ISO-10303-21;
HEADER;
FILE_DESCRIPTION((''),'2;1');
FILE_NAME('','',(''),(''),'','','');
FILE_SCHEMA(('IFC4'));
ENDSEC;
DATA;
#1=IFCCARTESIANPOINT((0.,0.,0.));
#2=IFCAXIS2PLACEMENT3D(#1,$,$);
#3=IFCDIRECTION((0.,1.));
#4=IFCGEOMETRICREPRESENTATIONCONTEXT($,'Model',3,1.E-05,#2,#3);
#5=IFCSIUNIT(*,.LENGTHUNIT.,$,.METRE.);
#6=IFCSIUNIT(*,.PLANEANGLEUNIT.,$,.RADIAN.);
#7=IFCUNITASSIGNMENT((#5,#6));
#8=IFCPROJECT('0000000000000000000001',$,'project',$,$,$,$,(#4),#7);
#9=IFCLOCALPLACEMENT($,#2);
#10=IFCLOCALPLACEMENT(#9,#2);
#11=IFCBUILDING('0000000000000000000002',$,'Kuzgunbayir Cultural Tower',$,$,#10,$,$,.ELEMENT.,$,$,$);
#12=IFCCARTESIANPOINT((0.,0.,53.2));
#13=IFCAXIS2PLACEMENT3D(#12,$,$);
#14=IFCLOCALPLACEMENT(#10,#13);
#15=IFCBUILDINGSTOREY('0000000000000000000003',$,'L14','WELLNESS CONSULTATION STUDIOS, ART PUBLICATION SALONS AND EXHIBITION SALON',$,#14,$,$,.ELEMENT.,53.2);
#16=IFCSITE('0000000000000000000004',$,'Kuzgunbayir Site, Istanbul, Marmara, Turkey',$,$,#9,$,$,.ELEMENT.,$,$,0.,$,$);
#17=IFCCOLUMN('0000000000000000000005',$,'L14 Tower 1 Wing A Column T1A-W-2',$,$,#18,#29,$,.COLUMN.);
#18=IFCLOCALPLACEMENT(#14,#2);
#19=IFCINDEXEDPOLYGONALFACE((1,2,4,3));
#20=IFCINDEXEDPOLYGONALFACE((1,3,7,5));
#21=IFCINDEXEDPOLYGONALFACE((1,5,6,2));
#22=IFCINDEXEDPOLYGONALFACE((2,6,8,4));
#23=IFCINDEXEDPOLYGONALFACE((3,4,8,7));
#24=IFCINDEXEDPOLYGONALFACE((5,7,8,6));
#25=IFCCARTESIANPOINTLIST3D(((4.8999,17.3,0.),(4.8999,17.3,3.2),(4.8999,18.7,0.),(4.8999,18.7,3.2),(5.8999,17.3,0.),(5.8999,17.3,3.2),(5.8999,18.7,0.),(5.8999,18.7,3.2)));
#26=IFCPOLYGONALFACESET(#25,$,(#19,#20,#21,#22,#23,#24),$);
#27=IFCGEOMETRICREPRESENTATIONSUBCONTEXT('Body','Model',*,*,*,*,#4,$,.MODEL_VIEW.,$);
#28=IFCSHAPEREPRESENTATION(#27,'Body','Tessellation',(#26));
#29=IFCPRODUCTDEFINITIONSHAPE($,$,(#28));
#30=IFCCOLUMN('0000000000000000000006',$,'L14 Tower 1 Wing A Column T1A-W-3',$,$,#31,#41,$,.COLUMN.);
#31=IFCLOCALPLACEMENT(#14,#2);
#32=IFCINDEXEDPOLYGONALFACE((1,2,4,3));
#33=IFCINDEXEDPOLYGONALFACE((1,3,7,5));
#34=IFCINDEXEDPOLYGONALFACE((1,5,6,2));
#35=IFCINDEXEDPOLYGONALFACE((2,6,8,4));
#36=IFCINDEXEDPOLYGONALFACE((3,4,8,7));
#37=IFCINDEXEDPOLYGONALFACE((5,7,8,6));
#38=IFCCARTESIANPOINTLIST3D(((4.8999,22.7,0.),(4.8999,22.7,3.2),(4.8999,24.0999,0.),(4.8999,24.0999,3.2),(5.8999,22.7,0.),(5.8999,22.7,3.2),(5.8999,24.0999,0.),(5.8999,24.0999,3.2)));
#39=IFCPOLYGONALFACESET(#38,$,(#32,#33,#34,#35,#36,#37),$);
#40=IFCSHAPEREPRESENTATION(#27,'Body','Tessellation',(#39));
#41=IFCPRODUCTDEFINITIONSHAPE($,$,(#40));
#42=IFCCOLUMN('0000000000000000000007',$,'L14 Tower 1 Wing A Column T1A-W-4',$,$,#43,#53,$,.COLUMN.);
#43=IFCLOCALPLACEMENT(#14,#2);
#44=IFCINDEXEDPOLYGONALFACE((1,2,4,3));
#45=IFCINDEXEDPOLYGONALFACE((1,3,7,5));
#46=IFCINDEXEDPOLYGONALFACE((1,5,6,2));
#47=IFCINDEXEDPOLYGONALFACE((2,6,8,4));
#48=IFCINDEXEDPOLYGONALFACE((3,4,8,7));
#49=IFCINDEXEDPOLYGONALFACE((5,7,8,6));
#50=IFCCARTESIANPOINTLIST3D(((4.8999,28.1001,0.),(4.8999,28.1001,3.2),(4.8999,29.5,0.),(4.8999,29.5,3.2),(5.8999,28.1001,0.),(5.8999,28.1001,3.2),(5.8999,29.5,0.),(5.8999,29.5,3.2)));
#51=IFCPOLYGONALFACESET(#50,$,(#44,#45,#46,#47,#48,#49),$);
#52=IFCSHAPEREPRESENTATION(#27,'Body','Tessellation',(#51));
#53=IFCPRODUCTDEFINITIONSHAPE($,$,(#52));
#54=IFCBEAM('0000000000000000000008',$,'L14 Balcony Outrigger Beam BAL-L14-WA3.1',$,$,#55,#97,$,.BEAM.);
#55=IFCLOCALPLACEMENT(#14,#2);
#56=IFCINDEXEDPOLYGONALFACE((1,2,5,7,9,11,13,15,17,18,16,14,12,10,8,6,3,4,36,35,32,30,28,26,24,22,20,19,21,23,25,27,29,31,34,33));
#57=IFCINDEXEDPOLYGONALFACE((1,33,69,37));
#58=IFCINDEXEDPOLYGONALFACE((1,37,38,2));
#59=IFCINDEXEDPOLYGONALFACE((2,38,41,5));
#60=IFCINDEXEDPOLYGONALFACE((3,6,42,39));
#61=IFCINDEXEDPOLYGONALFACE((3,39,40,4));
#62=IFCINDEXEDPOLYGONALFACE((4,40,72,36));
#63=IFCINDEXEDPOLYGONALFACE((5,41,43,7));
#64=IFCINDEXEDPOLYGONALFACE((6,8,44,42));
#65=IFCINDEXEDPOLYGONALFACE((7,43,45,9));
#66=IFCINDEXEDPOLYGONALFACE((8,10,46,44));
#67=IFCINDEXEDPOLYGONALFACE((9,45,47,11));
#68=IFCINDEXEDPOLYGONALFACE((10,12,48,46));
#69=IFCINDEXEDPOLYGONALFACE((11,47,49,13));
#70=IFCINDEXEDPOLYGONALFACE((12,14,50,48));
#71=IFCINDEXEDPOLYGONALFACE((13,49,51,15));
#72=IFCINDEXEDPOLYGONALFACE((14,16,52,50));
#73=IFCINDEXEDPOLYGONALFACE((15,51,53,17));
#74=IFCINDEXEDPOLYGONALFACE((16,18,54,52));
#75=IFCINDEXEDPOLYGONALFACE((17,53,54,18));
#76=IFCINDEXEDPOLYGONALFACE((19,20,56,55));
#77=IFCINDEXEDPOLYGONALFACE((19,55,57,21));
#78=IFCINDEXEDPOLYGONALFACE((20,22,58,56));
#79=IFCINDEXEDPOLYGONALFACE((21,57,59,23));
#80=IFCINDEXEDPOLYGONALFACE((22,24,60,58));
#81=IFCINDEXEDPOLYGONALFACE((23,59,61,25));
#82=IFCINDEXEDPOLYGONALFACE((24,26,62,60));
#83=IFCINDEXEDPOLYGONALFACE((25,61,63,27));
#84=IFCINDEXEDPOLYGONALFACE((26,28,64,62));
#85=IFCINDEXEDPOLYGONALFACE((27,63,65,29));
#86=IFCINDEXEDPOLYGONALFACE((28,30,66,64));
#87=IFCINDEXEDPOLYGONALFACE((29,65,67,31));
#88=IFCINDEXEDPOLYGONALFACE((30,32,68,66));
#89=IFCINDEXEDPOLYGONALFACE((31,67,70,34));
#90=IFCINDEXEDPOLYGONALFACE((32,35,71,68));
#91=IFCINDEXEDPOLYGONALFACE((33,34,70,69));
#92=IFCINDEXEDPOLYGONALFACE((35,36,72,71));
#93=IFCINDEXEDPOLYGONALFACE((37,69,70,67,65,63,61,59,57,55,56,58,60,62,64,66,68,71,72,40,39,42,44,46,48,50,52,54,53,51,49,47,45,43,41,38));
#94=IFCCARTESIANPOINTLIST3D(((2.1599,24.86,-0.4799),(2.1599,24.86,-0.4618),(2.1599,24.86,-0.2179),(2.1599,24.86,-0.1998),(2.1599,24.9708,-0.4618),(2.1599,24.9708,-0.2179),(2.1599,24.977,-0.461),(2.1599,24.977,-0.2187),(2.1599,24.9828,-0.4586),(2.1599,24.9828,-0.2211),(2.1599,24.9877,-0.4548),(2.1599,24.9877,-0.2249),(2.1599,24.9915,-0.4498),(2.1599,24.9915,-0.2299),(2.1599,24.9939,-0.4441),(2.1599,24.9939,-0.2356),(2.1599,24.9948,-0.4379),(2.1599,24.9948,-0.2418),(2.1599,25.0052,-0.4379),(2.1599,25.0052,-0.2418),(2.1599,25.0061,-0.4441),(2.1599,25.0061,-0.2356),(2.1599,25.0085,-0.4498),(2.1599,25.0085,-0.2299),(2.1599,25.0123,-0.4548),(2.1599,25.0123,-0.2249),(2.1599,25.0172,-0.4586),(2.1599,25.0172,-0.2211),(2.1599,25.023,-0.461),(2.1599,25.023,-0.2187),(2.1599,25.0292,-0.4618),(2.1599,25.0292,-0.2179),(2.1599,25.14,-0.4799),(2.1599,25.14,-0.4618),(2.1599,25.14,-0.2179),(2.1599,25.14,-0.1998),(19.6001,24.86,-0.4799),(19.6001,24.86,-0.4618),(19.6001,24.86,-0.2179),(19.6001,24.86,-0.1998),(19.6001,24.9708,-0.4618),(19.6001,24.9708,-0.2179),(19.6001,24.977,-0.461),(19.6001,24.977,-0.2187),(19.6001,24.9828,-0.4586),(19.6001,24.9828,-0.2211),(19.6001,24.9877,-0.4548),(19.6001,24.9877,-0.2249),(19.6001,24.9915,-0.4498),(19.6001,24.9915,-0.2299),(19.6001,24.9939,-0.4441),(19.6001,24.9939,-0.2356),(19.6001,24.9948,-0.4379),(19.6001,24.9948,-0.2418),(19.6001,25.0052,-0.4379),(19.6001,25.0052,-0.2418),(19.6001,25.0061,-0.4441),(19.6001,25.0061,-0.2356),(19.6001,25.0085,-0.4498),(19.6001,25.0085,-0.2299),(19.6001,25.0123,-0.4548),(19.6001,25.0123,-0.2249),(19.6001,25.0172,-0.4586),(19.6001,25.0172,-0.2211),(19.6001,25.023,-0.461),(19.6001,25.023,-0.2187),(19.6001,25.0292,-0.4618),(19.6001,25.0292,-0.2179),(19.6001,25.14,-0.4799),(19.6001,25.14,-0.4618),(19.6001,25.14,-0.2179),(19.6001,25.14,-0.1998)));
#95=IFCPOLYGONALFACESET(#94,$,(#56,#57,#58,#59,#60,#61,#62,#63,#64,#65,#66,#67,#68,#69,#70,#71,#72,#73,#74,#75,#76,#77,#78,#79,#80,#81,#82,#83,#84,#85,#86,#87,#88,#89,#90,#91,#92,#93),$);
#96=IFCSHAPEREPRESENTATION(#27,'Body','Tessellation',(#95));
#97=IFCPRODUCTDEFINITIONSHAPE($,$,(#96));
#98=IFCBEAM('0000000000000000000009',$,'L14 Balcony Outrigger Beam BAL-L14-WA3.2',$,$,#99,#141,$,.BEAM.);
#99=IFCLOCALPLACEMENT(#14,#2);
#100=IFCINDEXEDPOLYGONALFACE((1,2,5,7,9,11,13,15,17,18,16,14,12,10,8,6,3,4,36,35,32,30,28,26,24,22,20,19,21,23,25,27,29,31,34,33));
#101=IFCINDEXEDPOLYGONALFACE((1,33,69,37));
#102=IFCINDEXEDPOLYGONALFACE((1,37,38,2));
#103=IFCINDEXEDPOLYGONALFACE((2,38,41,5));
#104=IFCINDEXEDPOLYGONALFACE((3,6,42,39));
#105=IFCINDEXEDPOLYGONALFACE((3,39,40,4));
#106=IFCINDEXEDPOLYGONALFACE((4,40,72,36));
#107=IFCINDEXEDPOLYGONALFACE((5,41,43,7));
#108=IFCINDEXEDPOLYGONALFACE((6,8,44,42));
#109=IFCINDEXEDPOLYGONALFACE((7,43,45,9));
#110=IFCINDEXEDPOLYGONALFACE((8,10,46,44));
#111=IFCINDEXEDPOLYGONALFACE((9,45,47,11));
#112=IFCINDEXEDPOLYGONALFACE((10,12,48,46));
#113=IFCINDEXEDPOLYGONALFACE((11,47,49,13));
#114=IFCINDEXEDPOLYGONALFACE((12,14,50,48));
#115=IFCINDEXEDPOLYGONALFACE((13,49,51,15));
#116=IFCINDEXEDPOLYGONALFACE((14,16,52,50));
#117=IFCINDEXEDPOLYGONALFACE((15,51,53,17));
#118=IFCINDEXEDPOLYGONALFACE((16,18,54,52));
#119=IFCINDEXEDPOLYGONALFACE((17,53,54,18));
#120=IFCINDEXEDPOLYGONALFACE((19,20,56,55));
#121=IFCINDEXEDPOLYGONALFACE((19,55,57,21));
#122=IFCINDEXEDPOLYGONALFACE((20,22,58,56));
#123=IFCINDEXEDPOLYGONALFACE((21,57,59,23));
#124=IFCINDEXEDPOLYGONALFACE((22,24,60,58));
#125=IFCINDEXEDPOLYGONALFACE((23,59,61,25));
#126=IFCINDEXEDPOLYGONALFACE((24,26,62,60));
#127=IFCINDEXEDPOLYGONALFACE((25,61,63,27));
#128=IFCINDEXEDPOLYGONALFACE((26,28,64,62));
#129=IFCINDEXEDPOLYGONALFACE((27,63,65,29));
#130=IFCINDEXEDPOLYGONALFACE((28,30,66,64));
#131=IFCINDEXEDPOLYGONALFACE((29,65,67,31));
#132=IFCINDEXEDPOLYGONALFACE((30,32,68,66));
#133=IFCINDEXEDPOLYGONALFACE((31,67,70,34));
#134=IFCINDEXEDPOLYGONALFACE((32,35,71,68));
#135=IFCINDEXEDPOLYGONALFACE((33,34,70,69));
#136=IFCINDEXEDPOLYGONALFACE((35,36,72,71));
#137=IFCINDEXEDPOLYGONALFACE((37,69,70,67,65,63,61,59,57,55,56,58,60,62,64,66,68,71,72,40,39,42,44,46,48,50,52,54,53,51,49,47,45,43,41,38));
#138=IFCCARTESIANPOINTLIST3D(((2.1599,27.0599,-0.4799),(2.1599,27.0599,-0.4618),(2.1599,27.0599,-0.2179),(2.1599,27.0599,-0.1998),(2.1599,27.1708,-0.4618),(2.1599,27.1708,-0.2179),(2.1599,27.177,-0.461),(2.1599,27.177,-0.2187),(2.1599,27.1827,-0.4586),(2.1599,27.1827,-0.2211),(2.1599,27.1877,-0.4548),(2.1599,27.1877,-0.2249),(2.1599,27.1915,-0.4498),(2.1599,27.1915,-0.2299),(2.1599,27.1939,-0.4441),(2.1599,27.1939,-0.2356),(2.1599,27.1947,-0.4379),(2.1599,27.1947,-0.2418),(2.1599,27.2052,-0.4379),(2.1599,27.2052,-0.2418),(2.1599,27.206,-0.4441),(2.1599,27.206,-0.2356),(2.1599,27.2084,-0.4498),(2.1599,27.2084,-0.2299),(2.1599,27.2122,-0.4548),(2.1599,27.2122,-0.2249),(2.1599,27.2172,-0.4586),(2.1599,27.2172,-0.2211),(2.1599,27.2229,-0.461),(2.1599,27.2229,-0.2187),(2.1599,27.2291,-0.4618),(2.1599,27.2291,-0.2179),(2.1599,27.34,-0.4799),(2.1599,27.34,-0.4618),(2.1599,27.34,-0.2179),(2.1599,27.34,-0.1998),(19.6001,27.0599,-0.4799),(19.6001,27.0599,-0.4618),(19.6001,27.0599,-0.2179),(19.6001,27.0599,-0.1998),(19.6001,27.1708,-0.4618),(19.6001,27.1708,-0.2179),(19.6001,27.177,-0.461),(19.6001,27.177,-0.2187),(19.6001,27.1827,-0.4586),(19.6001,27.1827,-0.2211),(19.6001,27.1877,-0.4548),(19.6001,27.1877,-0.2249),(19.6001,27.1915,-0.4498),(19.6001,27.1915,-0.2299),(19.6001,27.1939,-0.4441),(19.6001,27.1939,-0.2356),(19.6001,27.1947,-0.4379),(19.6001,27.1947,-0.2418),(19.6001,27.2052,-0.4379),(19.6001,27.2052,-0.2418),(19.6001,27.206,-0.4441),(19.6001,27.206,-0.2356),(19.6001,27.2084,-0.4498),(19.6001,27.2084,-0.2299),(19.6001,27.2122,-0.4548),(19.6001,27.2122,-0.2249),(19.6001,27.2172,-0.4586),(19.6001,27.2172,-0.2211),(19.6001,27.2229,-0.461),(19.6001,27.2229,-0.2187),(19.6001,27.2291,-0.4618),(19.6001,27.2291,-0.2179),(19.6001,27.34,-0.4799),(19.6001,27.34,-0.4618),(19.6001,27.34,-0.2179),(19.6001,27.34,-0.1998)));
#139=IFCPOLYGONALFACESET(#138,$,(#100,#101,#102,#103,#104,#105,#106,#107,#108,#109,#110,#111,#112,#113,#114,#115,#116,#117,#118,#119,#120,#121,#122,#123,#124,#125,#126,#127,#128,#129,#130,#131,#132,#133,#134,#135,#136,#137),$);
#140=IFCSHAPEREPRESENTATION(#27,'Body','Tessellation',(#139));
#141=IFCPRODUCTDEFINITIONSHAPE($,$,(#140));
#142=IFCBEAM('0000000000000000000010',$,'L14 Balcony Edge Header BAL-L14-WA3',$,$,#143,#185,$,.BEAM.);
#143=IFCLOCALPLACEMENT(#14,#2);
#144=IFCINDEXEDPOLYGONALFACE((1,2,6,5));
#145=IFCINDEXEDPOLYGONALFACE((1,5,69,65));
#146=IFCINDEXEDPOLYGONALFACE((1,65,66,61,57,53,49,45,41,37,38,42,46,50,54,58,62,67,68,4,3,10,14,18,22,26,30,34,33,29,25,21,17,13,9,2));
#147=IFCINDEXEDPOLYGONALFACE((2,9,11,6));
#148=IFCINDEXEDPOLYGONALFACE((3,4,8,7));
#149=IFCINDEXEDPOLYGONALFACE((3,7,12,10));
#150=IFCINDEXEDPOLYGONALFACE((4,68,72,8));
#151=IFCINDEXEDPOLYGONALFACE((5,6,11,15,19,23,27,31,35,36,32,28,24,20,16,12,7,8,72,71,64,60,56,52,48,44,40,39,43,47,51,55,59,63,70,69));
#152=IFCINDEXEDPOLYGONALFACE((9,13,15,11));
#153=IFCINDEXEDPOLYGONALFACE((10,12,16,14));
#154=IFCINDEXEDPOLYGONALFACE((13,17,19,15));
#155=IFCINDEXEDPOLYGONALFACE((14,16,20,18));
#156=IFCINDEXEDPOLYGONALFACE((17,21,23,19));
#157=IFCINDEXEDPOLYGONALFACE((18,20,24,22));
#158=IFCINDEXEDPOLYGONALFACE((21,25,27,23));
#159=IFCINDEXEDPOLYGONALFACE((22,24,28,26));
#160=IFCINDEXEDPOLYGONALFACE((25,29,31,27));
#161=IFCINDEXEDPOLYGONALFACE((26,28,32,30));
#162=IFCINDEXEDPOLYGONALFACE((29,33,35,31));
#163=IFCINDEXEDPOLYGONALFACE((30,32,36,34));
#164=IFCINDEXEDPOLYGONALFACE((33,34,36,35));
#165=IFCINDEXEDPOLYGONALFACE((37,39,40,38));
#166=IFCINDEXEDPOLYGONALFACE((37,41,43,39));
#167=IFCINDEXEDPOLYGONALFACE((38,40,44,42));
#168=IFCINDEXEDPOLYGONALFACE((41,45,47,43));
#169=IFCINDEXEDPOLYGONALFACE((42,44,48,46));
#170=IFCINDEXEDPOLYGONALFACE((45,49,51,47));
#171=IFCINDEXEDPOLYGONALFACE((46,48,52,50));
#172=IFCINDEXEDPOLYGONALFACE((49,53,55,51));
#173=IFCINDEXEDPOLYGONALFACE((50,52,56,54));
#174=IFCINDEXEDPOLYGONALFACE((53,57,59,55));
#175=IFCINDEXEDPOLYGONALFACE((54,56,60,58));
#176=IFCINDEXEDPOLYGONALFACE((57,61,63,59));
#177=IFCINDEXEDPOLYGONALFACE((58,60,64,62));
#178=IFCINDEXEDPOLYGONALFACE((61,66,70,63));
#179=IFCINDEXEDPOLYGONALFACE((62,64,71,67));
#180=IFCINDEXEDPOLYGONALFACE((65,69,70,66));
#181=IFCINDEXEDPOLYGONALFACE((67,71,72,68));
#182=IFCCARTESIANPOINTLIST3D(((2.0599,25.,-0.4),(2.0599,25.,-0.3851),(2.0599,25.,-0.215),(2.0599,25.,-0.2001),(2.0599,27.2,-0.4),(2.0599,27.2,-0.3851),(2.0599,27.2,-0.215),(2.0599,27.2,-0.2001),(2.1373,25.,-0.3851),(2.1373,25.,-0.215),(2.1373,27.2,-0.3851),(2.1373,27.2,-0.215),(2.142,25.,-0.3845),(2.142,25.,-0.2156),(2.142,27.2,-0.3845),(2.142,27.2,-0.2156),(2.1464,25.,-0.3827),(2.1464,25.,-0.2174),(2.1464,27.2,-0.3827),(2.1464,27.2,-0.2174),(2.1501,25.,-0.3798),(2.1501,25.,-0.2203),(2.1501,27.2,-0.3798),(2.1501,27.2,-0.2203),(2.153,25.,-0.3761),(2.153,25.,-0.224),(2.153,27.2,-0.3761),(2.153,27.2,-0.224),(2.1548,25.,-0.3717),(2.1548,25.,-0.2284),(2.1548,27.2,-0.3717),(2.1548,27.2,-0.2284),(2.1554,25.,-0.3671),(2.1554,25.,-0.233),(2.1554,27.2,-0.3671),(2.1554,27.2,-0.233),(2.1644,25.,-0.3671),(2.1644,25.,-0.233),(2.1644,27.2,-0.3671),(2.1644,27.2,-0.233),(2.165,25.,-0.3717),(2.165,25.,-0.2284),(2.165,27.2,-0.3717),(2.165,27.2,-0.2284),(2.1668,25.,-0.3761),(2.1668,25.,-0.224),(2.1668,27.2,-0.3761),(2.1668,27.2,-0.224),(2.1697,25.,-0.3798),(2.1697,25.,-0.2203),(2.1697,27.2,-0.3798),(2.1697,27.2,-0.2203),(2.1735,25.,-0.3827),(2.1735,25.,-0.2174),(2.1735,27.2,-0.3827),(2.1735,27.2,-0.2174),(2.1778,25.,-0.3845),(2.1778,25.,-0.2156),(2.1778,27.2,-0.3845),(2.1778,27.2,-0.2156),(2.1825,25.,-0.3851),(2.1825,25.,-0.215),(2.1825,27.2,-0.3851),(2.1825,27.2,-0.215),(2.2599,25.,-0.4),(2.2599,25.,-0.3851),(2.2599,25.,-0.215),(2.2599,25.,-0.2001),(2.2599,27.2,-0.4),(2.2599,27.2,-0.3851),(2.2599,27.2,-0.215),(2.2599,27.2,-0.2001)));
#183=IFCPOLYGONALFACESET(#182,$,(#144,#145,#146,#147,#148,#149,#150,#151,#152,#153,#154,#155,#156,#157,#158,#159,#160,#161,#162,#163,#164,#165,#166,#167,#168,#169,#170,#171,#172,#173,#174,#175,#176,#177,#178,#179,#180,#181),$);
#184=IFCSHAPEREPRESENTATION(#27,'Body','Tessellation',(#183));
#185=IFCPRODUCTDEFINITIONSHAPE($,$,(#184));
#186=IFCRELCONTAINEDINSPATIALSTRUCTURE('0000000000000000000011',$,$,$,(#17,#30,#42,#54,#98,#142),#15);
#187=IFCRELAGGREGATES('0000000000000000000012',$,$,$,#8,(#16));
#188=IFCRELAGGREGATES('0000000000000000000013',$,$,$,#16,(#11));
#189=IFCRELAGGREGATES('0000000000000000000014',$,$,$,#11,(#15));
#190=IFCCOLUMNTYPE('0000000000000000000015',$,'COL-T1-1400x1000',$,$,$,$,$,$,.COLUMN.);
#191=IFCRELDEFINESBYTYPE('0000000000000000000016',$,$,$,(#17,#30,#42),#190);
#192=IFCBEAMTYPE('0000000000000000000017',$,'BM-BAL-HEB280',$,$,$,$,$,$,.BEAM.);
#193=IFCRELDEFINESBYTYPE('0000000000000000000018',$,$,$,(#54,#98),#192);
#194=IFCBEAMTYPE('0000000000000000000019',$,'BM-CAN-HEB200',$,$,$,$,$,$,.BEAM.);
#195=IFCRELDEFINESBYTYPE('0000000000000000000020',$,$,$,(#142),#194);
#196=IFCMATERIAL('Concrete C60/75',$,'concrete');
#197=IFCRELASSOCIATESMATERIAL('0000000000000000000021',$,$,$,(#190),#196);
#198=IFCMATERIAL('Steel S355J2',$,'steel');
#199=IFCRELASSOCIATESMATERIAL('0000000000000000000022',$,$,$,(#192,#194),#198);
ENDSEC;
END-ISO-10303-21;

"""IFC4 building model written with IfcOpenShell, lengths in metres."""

from ifc_helpers import new_model, si_unit, direction, frame, origin, origin_2d, place, context, subcontext, project, spatial, rectangle, i_section, extrude, material, material_profile, profile_set, type_object, element, save


model = new_model("IFC4")

# Units and contexts
model_context = context("Model", 3, precision=1e-05, world=origin(), true_north=direction((0.0, 1.0)))
body_context = subcontext(model_context, "Body", "Model", "MODEL_VIEW")
ifc_project = project(units=[si_unit("LENGTHUNIT", "METRE"), si_unit("PLANEANGLEUNIT", "RADIAN")], contexts=[model_context])

# Site, building, storey
site_placement = place(None, origin())
site = spatial("IfcSite", under=ifc_project, at=site_placement, Name="Kuzgunbayir Site, Istanbul, Marmara, Turkey", CompositionType="ELEMENT", RefElevation=0.0)
building_placement = place(site_placement, origin())
building = spatial("IfcBuilding", under=site, at=building_placement, Name="Kuzgunbayir Cultural Tower", CompositionType="ELEMENT")
storey_placement = place(building_placement, frame((0.0, 0.0, 53.2)))
storey = spatial("IfcBuildingStorey", under=building, at=storey_placement, Name="L14", Description="WELLNESS CONSULTATION STUDIOS, ART PUBLICATION SALONS AND EXHIBITION SALON", CompositionType="ELEMENT", Elevation=53.2)

# Columns
ifc_material_1 = material(Name="Concrete C60/75", Category="concrete")
ifc_material_profile_1 = material_profile(ifc_material_1, rectangle(XDim=1.0, YDim=1.3999, at=origin_2d()), Name="RC 1400x1000")
ifc_profile_set_1 = profile_set([ifc_material_profile_1], Name="Concrete C60/75")
column_type = type_object("IfcColumnType", Name="COL-T1-1400x1000", PredefinedType="COLUMN", material=ifc_profile_set_1)
for number, where, z_axis, x_axis, name in (
    (1, (5.3999, 18.0, 0.0), (0.0, 0.0, 1.0), (1.0, 0.0, 0.0), "L14 Tower 1 Wing A Column T1A-W-2"),
    (2, (5.3999, 23.3999, 0.0), (0.0, 0.0, 1.0), (1.0, 0.0, 0.0), "L14 Tower 1 Wing A Column T1A-W-3"),
    (3, (5.3999, 28.8, 0.0), (0.0, 0.0, 1.0), (1.0, 0.0, 0.0), "L14 Tower 1 Wing A Column T1A-W-4"),
):
    element("IfcColumn", number, at=place(storey_placement, frame(where, z_axis=z_axis, x_axis=x_axis)), inside=storey, type_object=column_type, Name=name, PredefinedType="COLUMN", context=body_context, shape_type="SweptSolid", body=[
        extrude(rectangle(XDim=1.0, YDim=1.3999, at=origin_2d()), origin(), (0.0, 0.0, 1.0), 3.2),
    ])

# Beams
ifc_material_2 = material(Name="Steel S355J2", Category="steel")
ifc_material_profile_2 = material_profile(ifc_material_2, i_section(OverallWidth=0.28, OverallDepth=0.28, WebThickness=0.0105, FlangeThickness=0.0181, FilletRadius=0.0239, at=origin_2d()), Name="HEB 280")
ifc_profile_set_2 = profile_set([ifc_material_profile_2], Name="Steel S355J2")
beam_type_1 = type_object("IfcBeamType", Name="BM-BAL-HEB280", PredefinedType="BEAM", material=ifc_profile_set_2)
for number, where, z_axis, x_axis, name in (
    (4, (2.1599, 25.0, -0.3398), (1.0, 0.0, 0.0), (0.0, 1.0, 0.0), "L14 Balcony Outrigger Beam BAL-L14-WA3.1"),
    (5, (2.1599, 27.2, -0.3398), (1.0, 0.0, 0.0), (0.0, 1.0, 0.0), "L14 Balcony Outrigger Beam BAL-L14-WA3.2"),
):
    element("IfcBeam", number, at=place(storey_placement, frame(where, z_axis=z_axis, x_axis=x_axis)), inside=storey, type_object=beam_type_1, Name=name, PredefinedType="BEAM", context=body_context, shape_type="SweptSolid", body=[
        extrude(i_section(OverallWidth=0.28, OverallDepth=0.28, WebThickness=0.0105, FlangeThickness=0.0181, FilletRadius=0.0239, at=origin_2d()), origin(), (0.0, 0.0, 1.0), 17.4402),
    ])
ifc_material_profile_3 = material_profile(ifc_material_2, i_section(OverallWidth=0.2, OverallDepth=0.2, WebThickness=0.009, FlangeThickness=0.0149, FilletRadius=0.0181, at=origin_2d()), Name="HEB 200")
ifc_profile_set_3 = profile_set([ifc_material_profile_3], Name="Steel S355J2")
beam_type_2 = type_object("IfcBeamType", Name="BM-CAN-HEB200", PredefinedType="BEAM", material=ifc_profile_set_3)
beam_1_placement = place(storey_placement, frame((2.1599, 25.0, -0.3), z_axis=(0.0, 1.0, 0.0), x_axis=(-1.0, 0.0, 0.0)))
element("IfcBeam", 6, at=beam_1_placement, inside=storey, type_object=beam_type_2, Name="L14 Balcony Edge Header BAL-L14-WA3", PredefinedType="BEAM", context=body_context, shape_type="SweptSolid", body=[
    extrude(i_section(OverallWidth=0.2, OverallDepth=0.2, WebThickness=0.009, FlangeThickness=0.0149, FilletRadius=0.0181, at=origin_2d()), origin(), (0.0, 0.0, 1.0), 2.2),
])

save(model, "model.ifc")
